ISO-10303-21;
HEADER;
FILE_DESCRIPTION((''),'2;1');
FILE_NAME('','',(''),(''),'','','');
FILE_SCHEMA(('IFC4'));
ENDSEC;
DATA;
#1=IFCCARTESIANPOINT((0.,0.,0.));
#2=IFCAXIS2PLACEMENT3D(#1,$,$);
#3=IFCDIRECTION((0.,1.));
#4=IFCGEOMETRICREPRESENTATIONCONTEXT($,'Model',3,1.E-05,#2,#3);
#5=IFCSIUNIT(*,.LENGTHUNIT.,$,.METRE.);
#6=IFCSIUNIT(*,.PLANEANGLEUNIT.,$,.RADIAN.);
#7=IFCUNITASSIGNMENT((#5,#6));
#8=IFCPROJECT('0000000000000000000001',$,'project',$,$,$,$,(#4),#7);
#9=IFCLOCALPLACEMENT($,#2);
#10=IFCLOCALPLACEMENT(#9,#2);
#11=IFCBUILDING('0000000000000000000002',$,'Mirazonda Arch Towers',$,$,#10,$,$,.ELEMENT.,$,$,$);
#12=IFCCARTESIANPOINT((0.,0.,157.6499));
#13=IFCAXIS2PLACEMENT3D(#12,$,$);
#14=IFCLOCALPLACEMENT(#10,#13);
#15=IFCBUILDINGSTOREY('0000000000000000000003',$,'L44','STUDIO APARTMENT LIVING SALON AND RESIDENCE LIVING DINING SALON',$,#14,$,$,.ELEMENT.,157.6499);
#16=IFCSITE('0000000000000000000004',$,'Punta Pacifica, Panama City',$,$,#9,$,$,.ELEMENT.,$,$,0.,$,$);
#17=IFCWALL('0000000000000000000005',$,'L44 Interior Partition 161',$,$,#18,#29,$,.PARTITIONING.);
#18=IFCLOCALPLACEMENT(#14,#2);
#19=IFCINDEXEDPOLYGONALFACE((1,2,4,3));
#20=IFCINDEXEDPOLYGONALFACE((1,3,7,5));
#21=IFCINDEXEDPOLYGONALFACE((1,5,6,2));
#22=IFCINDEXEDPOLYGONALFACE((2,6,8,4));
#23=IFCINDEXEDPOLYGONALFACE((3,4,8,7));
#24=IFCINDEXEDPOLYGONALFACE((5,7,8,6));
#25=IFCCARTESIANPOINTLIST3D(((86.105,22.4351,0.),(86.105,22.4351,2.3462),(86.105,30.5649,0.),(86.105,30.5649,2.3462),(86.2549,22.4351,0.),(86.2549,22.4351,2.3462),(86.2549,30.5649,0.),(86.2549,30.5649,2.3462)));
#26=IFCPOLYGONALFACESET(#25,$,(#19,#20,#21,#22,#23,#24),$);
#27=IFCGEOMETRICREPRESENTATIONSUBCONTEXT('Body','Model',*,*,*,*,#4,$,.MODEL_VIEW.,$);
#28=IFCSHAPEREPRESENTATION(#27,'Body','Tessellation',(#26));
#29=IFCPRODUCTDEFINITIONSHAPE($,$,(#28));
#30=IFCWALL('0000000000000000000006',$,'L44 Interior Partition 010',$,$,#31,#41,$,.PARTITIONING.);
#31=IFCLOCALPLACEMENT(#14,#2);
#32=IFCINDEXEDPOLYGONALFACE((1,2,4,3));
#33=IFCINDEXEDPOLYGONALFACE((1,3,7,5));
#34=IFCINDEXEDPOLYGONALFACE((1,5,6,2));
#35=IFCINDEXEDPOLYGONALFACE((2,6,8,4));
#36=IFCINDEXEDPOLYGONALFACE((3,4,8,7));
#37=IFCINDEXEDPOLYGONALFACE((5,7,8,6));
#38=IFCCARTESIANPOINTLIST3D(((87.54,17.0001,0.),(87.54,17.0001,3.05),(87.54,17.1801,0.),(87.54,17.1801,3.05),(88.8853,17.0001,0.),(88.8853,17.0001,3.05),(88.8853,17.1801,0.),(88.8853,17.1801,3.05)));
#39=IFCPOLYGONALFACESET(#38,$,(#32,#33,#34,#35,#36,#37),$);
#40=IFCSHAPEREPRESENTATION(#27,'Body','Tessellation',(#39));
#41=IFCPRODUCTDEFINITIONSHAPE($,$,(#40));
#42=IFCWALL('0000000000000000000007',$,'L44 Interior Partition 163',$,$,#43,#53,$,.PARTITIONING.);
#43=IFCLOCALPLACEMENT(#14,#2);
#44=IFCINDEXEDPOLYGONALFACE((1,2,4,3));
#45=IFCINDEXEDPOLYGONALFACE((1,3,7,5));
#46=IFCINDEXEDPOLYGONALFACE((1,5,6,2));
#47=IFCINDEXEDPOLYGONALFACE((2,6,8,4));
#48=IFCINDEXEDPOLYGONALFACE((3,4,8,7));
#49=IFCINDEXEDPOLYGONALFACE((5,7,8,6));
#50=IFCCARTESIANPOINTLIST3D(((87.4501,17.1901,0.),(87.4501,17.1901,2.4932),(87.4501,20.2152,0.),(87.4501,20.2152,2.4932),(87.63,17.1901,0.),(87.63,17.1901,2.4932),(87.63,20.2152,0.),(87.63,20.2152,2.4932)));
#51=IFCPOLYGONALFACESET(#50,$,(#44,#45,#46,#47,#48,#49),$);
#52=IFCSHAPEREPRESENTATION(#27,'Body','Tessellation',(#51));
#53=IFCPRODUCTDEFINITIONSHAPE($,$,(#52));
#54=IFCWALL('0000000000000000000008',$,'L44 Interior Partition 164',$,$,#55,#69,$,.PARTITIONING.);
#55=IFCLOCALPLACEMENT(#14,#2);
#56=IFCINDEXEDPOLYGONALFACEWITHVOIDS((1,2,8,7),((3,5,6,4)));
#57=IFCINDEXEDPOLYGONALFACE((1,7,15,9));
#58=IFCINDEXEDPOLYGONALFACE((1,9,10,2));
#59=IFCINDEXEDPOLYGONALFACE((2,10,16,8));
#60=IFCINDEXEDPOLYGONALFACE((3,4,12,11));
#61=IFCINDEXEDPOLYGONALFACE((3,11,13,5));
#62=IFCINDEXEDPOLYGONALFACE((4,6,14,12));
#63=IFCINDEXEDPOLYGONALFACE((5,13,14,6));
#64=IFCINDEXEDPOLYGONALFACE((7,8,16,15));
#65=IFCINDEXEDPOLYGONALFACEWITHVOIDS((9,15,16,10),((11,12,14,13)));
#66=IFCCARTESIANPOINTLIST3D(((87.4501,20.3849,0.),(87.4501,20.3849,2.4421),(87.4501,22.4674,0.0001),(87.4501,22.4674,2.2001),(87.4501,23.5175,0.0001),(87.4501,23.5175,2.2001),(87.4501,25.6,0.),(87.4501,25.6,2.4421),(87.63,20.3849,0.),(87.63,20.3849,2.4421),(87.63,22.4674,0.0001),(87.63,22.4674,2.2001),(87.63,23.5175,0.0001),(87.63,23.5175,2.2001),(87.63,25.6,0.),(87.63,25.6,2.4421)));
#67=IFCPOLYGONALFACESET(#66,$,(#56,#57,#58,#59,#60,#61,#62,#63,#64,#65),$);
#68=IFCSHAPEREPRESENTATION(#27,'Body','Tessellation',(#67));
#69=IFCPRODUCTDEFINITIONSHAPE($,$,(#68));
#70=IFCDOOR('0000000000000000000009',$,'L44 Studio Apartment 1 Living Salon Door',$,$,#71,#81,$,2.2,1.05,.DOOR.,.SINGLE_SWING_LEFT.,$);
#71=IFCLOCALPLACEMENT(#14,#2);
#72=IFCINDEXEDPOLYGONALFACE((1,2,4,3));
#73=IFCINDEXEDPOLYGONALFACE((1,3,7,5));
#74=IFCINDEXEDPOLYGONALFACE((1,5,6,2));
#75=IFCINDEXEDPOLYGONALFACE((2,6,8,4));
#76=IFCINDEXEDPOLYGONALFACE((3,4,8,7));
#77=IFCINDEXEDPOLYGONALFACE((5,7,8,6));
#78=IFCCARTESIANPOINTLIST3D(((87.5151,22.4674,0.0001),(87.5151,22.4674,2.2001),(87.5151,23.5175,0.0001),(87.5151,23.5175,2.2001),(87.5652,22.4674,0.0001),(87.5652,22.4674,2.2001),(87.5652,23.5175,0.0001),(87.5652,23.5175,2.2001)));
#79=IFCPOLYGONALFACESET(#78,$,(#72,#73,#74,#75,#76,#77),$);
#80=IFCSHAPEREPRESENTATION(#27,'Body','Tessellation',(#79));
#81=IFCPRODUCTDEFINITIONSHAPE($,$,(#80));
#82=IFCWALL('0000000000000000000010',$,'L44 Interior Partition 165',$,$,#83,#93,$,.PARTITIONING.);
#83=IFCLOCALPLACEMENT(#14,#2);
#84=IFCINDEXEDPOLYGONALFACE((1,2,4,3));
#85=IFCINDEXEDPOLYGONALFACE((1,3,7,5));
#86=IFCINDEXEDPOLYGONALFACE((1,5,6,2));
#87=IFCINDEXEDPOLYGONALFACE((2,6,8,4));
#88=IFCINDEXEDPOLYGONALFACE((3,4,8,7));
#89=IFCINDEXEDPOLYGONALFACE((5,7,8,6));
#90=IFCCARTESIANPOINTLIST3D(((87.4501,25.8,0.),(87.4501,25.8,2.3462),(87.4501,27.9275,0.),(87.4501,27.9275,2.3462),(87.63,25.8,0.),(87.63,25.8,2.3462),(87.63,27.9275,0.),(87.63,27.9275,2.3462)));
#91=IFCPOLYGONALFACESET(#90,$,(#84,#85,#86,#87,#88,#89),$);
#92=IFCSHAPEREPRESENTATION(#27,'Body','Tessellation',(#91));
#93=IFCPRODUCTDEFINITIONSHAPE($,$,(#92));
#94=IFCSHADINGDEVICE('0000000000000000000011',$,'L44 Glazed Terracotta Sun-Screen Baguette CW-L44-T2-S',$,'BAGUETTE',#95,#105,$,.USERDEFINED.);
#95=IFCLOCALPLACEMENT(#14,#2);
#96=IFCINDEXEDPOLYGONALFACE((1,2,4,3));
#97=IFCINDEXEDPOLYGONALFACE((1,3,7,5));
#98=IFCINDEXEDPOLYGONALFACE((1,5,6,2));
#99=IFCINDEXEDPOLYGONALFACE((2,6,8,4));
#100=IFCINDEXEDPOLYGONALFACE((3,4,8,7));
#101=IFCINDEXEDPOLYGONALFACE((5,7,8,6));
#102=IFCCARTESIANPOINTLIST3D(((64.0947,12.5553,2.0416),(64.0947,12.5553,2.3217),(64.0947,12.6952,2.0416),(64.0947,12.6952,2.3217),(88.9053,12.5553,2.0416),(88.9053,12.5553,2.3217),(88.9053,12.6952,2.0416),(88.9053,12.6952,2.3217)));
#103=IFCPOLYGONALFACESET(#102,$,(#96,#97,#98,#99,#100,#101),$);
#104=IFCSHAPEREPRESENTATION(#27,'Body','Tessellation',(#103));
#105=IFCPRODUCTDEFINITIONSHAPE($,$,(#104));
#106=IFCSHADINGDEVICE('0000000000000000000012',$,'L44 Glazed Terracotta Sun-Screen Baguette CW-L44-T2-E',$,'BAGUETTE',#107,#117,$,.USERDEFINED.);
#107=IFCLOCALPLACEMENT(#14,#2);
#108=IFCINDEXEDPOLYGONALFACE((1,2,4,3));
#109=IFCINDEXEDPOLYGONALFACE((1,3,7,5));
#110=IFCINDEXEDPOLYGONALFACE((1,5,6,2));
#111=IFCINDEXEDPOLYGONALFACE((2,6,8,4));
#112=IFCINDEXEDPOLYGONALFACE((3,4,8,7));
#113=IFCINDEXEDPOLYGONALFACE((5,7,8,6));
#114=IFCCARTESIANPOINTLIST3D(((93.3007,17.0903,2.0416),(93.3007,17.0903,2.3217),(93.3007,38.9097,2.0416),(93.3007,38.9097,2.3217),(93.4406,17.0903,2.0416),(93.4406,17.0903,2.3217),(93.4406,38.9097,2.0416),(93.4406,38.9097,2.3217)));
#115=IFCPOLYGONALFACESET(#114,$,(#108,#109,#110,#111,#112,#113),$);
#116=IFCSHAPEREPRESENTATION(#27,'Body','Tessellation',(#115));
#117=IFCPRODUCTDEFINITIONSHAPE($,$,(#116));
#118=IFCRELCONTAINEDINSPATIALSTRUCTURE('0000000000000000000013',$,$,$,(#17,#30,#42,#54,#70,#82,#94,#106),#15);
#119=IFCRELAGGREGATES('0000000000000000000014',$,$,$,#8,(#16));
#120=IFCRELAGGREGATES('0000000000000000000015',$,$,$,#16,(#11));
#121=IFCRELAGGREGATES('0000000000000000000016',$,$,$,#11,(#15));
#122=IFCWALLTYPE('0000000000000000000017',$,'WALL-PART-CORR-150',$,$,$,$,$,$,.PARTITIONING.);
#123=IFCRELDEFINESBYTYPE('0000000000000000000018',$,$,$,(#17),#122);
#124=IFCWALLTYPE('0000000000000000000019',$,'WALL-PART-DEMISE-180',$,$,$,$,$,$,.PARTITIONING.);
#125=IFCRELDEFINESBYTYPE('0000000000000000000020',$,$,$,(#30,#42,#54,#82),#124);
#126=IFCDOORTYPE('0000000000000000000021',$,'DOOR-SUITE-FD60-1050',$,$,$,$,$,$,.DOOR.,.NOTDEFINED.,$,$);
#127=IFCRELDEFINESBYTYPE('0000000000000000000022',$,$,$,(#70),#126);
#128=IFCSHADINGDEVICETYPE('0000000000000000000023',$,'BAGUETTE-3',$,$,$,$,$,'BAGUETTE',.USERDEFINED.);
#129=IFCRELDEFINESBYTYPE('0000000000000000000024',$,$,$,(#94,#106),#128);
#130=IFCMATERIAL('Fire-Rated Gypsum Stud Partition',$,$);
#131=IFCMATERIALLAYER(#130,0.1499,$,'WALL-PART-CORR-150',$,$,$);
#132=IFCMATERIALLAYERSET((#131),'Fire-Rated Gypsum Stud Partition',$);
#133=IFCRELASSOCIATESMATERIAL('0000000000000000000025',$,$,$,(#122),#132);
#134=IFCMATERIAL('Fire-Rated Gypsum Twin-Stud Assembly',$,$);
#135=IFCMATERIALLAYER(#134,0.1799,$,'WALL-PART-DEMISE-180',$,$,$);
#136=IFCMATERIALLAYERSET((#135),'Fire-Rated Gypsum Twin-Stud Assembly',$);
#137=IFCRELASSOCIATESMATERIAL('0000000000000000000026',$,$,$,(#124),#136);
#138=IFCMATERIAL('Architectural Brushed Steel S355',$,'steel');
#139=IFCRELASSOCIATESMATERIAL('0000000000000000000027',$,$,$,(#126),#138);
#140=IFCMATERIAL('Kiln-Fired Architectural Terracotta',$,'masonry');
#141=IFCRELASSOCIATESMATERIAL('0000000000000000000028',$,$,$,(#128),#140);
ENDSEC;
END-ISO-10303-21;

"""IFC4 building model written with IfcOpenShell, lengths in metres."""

from ifc_helpers import new_model, si_unit, direction, frame, frame_2d, origin, origin_2d, place, context, subcontext, project, spatial, rectangle, extrude, material, layer, layer_set, material_profile, profile_set, type_object, element, fill, save


model = new_model("IFC4")

# Units and contexts
model_context = context("Model", 3, precision=1e-05, world=origin(), true_north=direction((0.0, 1.0)))
body_context = subcontext(model_context, "Body", "Model", "MODEL_VIEW")
ifc_project = project(units=[si_unit("LENGTHUNIT", "METRE"), si_unit("PLANEANGLEUNIT", "RADIAN")], contexts=[model_context])

# Site, building, storey
site_placement = place(None, origin())
site = spatial("IfcSite", under=ifc_project, at=site_placement, Name="Punta Pacifica, Panama City", CompositionType="ELEMENT", RefElevation=0.0)
building_placement = place(site_placement, origin())
building = spatial("IfcBuilding", under=site, at=building_placement, Name="Mirazonda Arch Towers", CompositionType="ELEMENT")
storey_placement = place(building_placement, frame((0.0, 0.0, 157.6499)))
storey = spatial("IfcBuildingStorey", under=building, at=storey_placement, Name="L44", Description="STUDIO APARTMENT LIVING SALON AND RESIDENCE LIVING DINING SALON", CompositionType="ELEMENT", Elevation=157.6499)

# Walls
ifc_material_1 = material(Name="Fire-Rated Gypsum Stud Partition")
ifc_layer_1 = layer(ifc_material_1, 0.1499, Name="WALL-PART-CORR-150")
ifc_layer_set_1 = layer_set([ifc_layer_1], Name="Fire-Rated Gypsum Stud Partition")
wall_type_1 = type_object("IfcWallType", Name="WALL-PART-CORR-150", PredefinedType="PARTITIONING", material=ifc_layer_set_1)
wall_1_placement = place(storey_placement, frame((86.1799, 22.4351, 0.0), z_axis=(0.0, 0.0, 1.0), x_axis=(0.0, 1.0, 0.0)))
element("IfcWall", 1, at=wall_1_placement, inside=storey, type_object=wall_type_1, Name="L44 Interior Partition 161", PredefinedType="PARTITIONING", context=body_context, shape_type="SweptSolid", body=[
    extrude(rectangle(XDim=8.1299, YDim=0.1499, at=frame_2d((4.0649, 0.0))), origin(), (0.0, 0.0, 1.0), 2.3462),
])
ifc_material_2 = material(Name="Fire-Rated Gypsum Twin-Stud Assembly")
ifc_layer_2 = layer(ifc_material_2, 0.1799, Name="WALL-PART-DEMISE-180")
ifc_layer_set_2 = layer_set([ifc_layer_2], Name="Fire-Rated Gypsum Twin-Stud Assembly")
wall_type_2 = type_object("IfcWallType", Name="WALL-PART-DEMISE-180", PredefinedType="PARTITIONING", material=ifc_layer_set_2)
wall_2_placement = place(storey_placement, frame((87.54, 17.0901, 0.0), z_axis=(0.0, 0.0, 1.0), x_axis=(1.0, 0.0, 0.0)))
element("IfcWall", 2, at=wall_2_placement, inside=storey, type_object=wall_type_2, Name="L44 Interior Partition 010", PredefinedType="PARTITIONING", context=body_context, shape_type="SweptSolid", body=[
    extrude(rectangle(XDim=1.3452, YDim=0.1799, at=frame_2d((0.6726, 0.0))), origin(), (0.0, 0.0, 1.0), 3.05),
])

# Shared definitions
ifc_material_3 = material(Name="Architectural Brushed Steel S355", Category="steel")

# Wall
wall_3_placement = place(storey_placement, frame((87.54, 17.1899, 0.0), z_axis=(0.0, 0.0, 1.0), x_axis=(0.0, 1.0, 0.0)))
element("IfcWall", 3, at=wall_3_placement, inside=storey, type_object=wall_type_2, Name="L44 Interior Partition 163", PredefinedType="PARTITIONING", context=body_context, shape_type="SweptSolid", body=[
    extrude(rectangle(XDim=3.0251, YDim=0.1799, at=frame_2d((1.5127, 0.0))), origin(), (0.0, 0.0, 1.0), 2.4932),
])

# Wall, opening, door
wall_4_placement = place(storey_placement, frame((87.54, 20.385, 0.0), z_axis=(0.0, 0.0, 1.0), x_axis=(0.0, 1.0, 0.0)))
wall_4 = element("IfcWall", 4, at=wall_4_placement, inside=storey, type_object=wall_type_2, Name="L44 Interior Partition 164", PredefinedType="PARTITIONING", context=body_context, shape_type="SweptSolid", body=[
    extrude(rectangle(XDim=5.2151, YDim=0.1799, at=frame_2d((2.6074, 0.0))), origin(), (0.0, 0.0, 1.0), 2.4421),
])
opening_1_placement = place(wall_4_placement, frame((2.0825, 0.0, 0.0)))
opening_1 = element("IfcOpeningElement", 5, at=opening_1_placement, cuts=wall_4, PredefinedType="OPENING", context=body_context, shape_type="SweptSolid", body=[
    extrude(rectangle(XDim=1.05, YDim=2.2, at=frame_2d((0.5249, 1.1001))), frame((0.0, 0.0999, 0.0), z_axis=(0.0, -1.0, 0.0), x_axis=(1.0, 0.0, 0.0)), (0.0, 0.0, 1.0), 0.2),
])
door_type_1 = type_object("IfcDoorType", Name="DOOR-SUITE-FD60-1050", OperationType="NOTDEFINED", PredefinedType="DOOR", material=ifc_material_3)
door_1_placement = place(opening_1_placement, origin())
door_1 = element("IfcDoor", 6, at=door_1_placement, inside=storey, type_object=door_type_1, Name="L44 Studio Apartment 1 Living Salon Door", OperationType="SINGLE_SWING_LEFT", OverallHeight=2.2, OverallWidth=1.05, PredefinedType="DOOR", context=body_context, shape_type="SweptSolid", body=[
    extrude(rectangle(XDim=1.05, YDim=2.2, at=frame_2d((0.5249, 1.1001))), frame((0.0, 0.0249, 0.0), z_axis=(0.0, -1.0, 0.0), x_axis=(1.0, 0.0, 0.0)), (0.0, 0.0, 1.0), 0.05),
])
fill(opening_1, door_1)

# Wall
wall_5_placement = place(storey_placement, frame((87.54, 25.8, 0.0), z_axis=(0.0, 0.0, 1.0), x_axis=(0.0, 1.0, 0.0)))
element("IfcWall", 7, at=wall_5_placement, inside=storey, type_object=wall_type_2, Name="L44 Interior Partition 165", PredefinedType="PARTITIONING", context=body_context, shape_type="SweptSolid", body=[
    extrude(rectangle(XDim=2.1274, YDim=0.1799, at=frame_2d((1.0637, 0.0))), origin(), (0.0, 0.0, 1.0), 2.3462),
])

# Shading devices
ifc_material_4 = material(Name="Kiln-Fired Architectural Terracotta", Category="masonry")
ifc_material_profile_1 = material_profile(ifc_material_4, rectangle(XDim=0.1399, YDim=0.28, at=origin_2d()), Name="TERRA-BAG-140x280")
ifc_profile_set_1 = profile_set([ifc_material_profile_1], Name="Kiln-Fired Architectural Terracotta")
shading_device_type = type_object("IfcShadingDeviceType", Name="BAGUETTE-3", ElementType="BAGUETTE", PredefinedType="USERDEFINED", material=ifc_profile_set_1)
shading_device_1_placement = place(storey_placement, frame((88.9053, 12.6252, 2.1816), z_axis=(-1.0, 0.0, 0.0), x_axis=(0.0, -1.0, 0.0)))
element("IfcShadingDevice", 8, at=shading_device_1_placement, inside=storey, type_object=shading_device_type, Name="L44 Glazed Terracotta Sun-Screen Baguette CW-L44-T2-S", ObjectType="BAGUETTE", PredefinedType="USERDEFINED", context=body_context, shape_type="SweptSolid", body=[
    extrude(rectangle(XDim=0.1399, YDim=0.28, at=origin_2d()), origin(), (0.0, 0.0, 1.0), 24.8105),
])
shading_device_2_placement = place(storey_placement, frame((93.3706, 17.0903, 2.1816), z_axis=(0.0, 1.0, 0.0), x_axis=(-1.0, 0.0, 0.0)))
element("IfcShadingDevice", 9, at=shading_device_2_placement, inside=storey, type_object=shading_device_type, Name="L44 Glazed Terracotta Sun-Screen Baguette CW-L44-T2-E", ObjectType="BAGUETTE", PredefinedType="USERDEFINED", context=body_context, shape_type="SweptSolid", body=[
    extrude(rectangle(XDim=0.1399, YDim=0.28, at=origin_2d()), origin(), (0.0, 0.0, 1.0), 21.8193),
])

save(model, "model.ifc")
